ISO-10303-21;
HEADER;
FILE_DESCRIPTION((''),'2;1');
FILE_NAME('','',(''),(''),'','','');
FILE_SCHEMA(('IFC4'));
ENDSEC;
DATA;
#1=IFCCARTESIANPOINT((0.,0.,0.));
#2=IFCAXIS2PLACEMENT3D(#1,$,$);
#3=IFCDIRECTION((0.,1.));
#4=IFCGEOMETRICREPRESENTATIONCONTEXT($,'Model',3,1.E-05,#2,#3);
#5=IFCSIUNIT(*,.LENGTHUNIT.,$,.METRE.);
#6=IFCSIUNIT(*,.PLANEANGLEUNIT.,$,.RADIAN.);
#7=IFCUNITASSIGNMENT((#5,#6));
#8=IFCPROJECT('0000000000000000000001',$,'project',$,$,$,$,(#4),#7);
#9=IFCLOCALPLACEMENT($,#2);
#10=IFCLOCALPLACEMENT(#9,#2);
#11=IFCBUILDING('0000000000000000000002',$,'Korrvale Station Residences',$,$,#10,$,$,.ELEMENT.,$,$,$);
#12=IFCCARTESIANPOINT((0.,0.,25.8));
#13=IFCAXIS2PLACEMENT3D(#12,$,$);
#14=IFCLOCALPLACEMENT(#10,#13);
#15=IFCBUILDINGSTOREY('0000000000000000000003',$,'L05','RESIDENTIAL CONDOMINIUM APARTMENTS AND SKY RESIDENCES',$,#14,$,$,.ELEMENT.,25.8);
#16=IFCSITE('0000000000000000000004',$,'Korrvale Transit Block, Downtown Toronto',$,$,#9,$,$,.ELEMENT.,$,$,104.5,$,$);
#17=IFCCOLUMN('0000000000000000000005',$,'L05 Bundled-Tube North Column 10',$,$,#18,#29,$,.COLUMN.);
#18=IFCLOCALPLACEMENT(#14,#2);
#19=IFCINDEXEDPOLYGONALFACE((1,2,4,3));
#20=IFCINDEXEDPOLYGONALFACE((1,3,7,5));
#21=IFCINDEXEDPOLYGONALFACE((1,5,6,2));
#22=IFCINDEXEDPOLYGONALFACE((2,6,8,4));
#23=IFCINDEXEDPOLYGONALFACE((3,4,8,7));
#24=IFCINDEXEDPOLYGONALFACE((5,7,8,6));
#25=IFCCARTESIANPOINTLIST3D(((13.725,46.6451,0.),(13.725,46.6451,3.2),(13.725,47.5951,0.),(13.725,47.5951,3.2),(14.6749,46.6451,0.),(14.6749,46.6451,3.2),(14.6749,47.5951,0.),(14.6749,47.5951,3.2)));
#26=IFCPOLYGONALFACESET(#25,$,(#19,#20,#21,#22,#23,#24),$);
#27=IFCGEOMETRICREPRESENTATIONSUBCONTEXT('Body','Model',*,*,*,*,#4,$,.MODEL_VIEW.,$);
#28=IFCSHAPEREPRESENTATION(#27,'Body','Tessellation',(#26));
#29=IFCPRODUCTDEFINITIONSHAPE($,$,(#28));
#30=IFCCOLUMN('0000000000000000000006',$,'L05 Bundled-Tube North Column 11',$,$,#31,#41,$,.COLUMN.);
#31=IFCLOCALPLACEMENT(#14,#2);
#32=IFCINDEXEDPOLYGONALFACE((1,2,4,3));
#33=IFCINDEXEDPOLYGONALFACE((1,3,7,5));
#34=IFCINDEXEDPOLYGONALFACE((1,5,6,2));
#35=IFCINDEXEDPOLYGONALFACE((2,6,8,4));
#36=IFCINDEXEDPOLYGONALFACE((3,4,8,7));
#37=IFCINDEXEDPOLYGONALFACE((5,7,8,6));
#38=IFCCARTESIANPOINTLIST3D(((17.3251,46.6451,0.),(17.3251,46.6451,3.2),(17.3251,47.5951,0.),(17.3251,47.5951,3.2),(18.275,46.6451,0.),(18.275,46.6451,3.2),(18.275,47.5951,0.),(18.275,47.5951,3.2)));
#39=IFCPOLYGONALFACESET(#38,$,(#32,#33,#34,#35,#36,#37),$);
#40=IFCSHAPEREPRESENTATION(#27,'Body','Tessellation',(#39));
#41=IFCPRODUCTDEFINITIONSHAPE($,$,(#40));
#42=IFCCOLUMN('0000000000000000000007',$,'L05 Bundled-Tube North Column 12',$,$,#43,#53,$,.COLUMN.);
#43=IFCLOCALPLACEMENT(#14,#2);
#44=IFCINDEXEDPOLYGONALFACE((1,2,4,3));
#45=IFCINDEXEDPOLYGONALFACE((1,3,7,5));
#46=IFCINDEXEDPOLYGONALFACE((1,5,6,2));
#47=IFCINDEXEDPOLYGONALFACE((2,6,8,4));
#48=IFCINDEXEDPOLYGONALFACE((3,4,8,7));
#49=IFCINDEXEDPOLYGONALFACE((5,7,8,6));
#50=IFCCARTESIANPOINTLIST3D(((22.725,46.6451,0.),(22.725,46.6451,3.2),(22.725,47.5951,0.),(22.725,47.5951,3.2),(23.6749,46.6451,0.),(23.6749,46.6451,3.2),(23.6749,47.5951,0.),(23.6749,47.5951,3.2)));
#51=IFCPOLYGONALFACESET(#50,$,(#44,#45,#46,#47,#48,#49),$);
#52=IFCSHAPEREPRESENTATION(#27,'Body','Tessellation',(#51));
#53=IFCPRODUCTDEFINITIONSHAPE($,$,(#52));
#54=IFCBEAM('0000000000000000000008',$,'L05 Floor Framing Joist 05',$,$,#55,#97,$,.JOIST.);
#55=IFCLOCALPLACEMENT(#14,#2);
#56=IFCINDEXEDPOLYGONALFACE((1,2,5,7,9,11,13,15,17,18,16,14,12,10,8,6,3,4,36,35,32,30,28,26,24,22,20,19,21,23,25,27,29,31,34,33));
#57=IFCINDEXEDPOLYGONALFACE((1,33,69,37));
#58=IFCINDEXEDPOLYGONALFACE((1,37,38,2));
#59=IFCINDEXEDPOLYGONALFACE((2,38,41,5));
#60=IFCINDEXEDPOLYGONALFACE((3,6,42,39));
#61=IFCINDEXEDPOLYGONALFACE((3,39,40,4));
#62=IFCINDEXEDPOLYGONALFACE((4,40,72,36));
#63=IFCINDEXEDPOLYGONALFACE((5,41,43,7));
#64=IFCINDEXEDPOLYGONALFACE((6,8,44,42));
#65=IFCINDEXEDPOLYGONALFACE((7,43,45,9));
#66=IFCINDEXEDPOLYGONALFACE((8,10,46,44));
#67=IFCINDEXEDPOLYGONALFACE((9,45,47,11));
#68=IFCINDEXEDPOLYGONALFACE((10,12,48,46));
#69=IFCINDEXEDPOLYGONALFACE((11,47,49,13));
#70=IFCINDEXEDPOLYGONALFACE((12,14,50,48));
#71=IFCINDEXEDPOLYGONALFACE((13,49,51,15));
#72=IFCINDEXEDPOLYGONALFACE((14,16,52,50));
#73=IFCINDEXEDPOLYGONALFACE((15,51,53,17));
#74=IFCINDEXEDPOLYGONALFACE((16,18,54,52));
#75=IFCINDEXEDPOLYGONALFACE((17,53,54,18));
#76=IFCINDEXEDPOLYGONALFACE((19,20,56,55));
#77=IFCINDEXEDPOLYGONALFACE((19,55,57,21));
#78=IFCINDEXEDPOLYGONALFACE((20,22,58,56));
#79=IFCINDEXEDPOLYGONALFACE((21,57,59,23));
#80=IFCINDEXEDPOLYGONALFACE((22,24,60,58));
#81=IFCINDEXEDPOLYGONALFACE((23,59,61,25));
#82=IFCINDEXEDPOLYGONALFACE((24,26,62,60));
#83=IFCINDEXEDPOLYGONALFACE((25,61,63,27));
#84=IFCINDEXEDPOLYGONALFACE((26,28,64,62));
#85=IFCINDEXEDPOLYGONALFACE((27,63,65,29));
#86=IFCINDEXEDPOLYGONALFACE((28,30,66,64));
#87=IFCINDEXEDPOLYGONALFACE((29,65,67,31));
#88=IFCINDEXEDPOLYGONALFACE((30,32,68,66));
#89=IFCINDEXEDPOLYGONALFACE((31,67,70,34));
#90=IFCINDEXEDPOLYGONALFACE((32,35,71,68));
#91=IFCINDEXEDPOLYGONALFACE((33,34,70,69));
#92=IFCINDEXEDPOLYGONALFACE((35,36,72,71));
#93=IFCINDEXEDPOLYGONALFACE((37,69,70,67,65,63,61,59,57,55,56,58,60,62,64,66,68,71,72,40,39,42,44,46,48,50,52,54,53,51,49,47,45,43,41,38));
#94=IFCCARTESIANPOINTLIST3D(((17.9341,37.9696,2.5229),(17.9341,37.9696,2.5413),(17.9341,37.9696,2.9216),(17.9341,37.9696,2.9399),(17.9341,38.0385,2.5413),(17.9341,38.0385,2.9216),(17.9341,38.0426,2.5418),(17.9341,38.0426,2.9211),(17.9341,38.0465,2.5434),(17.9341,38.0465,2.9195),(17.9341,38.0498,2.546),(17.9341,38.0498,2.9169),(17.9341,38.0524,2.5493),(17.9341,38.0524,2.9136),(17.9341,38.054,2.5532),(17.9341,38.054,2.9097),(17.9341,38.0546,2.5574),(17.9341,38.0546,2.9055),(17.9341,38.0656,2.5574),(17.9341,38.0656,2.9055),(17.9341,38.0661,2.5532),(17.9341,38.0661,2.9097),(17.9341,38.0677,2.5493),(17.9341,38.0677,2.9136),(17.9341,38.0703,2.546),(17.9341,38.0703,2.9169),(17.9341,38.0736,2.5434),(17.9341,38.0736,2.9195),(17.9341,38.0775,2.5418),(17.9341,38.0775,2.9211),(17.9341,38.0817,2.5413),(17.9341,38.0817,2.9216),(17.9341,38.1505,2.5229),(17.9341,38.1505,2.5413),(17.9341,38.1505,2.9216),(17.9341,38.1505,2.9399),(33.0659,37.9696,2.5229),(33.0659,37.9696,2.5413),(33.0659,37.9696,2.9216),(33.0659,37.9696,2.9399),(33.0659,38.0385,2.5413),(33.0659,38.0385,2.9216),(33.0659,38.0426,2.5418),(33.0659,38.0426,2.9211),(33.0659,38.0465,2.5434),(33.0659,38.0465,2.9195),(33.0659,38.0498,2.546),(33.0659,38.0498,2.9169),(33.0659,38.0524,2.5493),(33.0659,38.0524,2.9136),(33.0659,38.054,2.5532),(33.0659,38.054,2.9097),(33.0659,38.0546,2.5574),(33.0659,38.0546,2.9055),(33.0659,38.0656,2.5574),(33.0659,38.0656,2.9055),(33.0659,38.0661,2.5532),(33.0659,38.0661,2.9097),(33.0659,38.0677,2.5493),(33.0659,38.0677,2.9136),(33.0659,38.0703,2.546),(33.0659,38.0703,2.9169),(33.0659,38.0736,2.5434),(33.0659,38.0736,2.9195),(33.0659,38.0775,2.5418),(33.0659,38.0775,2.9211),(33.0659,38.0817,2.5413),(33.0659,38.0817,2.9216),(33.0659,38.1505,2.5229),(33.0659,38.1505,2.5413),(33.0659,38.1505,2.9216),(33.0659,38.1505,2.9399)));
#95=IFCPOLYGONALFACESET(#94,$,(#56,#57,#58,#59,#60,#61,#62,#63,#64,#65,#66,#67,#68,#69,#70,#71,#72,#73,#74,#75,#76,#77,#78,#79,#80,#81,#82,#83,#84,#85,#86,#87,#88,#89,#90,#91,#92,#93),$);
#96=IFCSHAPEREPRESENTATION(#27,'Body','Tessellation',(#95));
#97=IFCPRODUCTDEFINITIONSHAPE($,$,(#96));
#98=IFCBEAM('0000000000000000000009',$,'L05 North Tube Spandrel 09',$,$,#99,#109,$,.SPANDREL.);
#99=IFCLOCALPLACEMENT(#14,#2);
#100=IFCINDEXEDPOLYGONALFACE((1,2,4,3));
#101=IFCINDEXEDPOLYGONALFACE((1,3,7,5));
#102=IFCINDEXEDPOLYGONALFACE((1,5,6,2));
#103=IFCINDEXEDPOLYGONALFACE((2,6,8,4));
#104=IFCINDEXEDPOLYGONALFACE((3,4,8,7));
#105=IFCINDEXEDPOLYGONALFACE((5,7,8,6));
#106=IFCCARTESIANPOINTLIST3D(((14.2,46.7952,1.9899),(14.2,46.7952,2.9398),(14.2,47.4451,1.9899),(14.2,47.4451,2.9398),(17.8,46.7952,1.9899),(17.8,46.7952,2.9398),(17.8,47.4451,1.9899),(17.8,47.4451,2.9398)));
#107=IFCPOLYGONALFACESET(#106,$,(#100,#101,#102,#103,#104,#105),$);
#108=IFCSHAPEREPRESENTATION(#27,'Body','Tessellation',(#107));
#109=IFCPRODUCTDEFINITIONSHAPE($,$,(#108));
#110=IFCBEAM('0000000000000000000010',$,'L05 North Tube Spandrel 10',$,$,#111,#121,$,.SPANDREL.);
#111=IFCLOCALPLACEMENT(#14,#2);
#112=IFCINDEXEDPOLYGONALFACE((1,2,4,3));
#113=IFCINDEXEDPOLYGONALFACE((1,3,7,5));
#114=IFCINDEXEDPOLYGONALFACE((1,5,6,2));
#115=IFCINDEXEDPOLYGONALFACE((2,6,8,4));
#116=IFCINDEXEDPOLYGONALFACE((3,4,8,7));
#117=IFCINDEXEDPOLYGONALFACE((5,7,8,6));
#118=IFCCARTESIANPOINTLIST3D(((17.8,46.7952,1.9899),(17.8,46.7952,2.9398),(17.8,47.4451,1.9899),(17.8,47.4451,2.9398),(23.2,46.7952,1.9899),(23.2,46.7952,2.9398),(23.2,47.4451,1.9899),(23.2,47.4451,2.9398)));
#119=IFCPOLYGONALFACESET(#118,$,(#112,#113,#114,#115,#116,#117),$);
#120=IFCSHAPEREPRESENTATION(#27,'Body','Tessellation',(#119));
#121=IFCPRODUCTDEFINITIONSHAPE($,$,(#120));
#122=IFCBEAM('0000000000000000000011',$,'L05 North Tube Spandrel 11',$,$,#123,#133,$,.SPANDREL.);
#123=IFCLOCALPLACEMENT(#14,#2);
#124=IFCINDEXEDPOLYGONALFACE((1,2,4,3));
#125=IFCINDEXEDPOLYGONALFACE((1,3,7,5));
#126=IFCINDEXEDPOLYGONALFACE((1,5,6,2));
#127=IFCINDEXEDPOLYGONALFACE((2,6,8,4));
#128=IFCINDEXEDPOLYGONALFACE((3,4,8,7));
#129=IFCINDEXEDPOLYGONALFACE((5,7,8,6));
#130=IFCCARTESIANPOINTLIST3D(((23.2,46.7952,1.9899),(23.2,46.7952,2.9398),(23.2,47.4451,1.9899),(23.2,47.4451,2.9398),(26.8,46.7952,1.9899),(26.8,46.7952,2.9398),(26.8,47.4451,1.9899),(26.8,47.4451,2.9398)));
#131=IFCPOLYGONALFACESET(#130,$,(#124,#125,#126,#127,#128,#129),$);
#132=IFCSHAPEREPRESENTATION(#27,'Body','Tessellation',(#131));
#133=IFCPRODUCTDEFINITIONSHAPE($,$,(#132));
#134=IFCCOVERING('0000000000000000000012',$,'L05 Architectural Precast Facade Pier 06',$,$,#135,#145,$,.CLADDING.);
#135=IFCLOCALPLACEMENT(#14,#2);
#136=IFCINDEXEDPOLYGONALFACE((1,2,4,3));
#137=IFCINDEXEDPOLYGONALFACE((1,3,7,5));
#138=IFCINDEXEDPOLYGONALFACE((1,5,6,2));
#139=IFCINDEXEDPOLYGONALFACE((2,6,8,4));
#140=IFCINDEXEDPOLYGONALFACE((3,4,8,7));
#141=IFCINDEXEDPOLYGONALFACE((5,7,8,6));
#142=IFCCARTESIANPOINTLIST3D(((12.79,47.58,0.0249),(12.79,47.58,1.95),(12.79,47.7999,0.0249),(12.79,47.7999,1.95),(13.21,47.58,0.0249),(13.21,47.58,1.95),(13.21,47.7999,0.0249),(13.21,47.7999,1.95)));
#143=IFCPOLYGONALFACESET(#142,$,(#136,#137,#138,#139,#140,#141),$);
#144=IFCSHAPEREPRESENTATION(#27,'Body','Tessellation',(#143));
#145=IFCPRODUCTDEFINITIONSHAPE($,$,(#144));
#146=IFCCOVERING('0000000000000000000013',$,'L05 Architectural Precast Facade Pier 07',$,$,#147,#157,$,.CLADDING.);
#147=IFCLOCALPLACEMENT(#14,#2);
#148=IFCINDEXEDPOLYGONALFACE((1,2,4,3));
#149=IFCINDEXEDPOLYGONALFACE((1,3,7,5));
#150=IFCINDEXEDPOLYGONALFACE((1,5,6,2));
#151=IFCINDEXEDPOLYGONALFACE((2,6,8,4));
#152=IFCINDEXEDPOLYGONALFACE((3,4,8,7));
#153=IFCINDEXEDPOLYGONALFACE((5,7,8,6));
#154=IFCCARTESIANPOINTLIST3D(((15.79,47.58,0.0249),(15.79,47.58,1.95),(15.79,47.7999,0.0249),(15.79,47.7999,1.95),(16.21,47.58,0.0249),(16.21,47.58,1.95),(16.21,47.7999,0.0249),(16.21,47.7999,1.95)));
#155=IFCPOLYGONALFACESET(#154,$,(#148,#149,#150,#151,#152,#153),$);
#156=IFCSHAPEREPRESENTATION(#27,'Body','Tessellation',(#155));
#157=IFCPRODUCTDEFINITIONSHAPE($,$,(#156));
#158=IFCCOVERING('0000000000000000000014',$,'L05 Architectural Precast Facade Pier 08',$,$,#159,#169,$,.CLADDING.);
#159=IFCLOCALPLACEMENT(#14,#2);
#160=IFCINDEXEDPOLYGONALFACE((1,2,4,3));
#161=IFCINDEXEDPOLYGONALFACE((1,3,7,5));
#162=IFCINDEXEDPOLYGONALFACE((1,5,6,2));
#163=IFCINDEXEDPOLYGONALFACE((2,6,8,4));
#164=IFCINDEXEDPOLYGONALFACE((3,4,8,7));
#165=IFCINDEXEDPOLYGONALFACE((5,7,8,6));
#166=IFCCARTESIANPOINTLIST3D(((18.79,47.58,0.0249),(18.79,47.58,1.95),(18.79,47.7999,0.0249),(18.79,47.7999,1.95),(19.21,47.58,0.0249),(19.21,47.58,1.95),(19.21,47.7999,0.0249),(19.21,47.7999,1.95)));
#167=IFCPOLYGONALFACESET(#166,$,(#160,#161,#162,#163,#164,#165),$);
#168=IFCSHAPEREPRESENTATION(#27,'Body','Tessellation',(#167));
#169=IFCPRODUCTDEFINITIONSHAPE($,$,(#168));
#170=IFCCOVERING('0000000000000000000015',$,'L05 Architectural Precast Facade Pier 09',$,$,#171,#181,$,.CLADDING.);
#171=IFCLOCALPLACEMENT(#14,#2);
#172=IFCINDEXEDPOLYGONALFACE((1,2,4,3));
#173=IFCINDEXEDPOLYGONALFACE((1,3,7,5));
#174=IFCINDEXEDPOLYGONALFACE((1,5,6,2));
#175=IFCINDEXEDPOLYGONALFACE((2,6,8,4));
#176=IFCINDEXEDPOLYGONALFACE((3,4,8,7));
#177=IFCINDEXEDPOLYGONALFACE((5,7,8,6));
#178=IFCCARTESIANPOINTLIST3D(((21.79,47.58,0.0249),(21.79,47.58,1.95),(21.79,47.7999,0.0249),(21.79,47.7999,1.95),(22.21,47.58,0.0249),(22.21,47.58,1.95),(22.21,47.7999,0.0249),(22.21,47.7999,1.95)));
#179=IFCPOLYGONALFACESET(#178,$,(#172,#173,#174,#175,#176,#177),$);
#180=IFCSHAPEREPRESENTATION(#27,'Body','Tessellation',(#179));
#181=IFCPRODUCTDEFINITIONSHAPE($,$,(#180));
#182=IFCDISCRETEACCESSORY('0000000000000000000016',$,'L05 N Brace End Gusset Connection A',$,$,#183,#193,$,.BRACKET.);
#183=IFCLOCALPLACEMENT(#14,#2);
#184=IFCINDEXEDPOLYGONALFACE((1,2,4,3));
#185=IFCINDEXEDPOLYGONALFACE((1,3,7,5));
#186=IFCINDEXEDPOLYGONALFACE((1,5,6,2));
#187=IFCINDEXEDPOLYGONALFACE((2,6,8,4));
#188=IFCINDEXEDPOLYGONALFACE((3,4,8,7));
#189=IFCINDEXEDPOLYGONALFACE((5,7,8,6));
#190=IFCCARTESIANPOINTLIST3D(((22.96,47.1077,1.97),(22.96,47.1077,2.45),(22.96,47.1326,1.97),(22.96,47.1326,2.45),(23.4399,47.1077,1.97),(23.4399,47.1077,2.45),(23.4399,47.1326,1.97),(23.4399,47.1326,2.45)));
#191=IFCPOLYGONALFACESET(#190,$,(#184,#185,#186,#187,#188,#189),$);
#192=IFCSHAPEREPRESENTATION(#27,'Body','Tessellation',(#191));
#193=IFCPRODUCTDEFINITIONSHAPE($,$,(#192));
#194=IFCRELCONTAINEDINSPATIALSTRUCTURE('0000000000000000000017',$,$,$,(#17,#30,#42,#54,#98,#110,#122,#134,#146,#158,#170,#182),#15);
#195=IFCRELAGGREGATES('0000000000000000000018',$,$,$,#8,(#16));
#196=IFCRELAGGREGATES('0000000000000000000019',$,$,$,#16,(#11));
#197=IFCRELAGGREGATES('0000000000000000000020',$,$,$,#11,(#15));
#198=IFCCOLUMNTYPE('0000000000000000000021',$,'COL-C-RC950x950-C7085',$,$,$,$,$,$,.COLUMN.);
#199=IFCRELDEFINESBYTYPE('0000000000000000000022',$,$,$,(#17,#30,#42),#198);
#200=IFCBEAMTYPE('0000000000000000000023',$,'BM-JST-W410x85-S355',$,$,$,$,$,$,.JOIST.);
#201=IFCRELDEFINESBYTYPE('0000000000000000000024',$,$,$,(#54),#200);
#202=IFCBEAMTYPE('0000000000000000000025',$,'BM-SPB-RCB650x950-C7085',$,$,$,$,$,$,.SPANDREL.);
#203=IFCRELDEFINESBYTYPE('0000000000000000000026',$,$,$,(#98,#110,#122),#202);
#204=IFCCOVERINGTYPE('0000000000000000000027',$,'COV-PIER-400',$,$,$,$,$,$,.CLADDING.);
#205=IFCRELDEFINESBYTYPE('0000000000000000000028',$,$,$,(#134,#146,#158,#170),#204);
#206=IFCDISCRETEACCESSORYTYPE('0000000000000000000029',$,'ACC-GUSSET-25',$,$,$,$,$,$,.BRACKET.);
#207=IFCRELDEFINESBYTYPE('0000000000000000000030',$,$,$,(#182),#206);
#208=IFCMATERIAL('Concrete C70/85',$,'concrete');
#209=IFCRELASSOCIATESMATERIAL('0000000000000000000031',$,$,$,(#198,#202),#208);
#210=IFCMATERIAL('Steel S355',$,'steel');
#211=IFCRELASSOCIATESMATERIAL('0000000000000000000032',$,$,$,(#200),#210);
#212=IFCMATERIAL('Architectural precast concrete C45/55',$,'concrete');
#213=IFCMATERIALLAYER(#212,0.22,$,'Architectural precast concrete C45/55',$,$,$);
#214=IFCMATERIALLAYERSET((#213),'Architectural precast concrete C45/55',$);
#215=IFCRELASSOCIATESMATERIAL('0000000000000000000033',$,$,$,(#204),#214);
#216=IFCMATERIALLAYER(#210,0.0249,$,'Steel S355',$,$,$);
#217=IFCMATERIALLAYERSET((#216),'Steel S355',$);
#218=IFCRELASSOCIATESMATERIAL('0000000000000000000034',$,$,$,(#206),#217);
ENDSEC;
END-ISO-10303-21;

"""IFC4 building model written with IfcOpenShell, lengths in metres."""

from ifc_helpers import new_model, si_unit, direction, frame, origin, origin_2d, place, context, subcontext, project, spatial, rectangle, i_section, extrude, material, layer, layer_set, material_profile, profile_set, type_object, element, save


model = new_model("IFC4")

# Units and contexts
model_context = context("Model", 3, precision=1e-05, world=origin(), true_north=direction((0.0, 1.0)))
body_context = subcontext(model_context, "Body", "Model", "MODEL_VIEW")
ifc_project = project(units=[si_unit("LENGTHUNIT", "METRE"), si_unit("PLANEANGLEUNIT", "RADIAN")], contexts=[model_context])

# Site, building, storey
site_placement = place(None, origin())
site = spatial("IfcSite", under=ifc_project, at=site_placement, Name="Korrvale Transit Block, Downtown Toronto", CompositionType="ELEMENT", RefElevation=104.5)
building_placement = place(site_placement, origin())
building = spatial("IfcBuilding", under=site, at=building_placement, Name="Korrvale Station Residences", CompositionType="ELEMENT")
storey_placement = place(building_placement, frame((0.0, 0.0, 25.8)))
storey = spatial("IfcBuildingStorey", under=building, at=storey_placement, Name="L05", Description="RESIDENTIAL CONDOMINIUM APARTMENTS AND SKY RESIDENCES", CompositionType="ELEMENT", Elevation=25.8)

# Columns
ifc_material_1 = material(Name="Concrete C70/85", Category="concrete")
ifc_material_profile_1 = material_profile(ifc_material_1, rectangle(XDim=0.95, YDim=0.95, at=origin_2d()), Name="RC950x950")
ifc_profile_set_1 = profile_set([ifc_material_profile_1], Name="Concrete C70/85")
column_type = type_object("IfcColumnType", Name="COL-C-RC950x950-C7085", PredefinedType="COLUMN", material=ifc_profile_set_1)
for number, where, z_axis, x_axis, name in (
    (1, (14.2, 47.1201, 0.0), (0.0, 0.0, 1.0), (1.0, 0.0, 0.0), "L05 Bundled-Tube North Column 10"),
    (2, (17.8, 47.1201, 0.0), (0.0, 0.0, 1.0), (1.0, 0.0, 0.0), "L05 Bundled-Tube North Column 11"),
    (3, (23.2, 47.1201, 0.0), (0.0, 0.0, 1.0), (1.0, 0.0, 0.0), "L05 Bundled-Tube North Column 12"),
):
    element("IfcColumn", number, at=place(storey_placement, frame(where, z_axis=z_axis, x_axis=x_axis)), inside=storey, type_object=column_type, Name=name, PredefinedType="COLUMN", context=body_context, shape_type="SweptSolid", body=[
        extrude(rectangle(XDim=0.95, YDim=0.95, at=origin_2d()), origin(), (0.0, 0.0, 1.0), 3.2),
    ])

# Beams
ifc_material_2 = material(Name="Steel S355", Category="steel")
ifc_material_profile_2 = material_profile(ifc_material_2, i_section(OverallWidth=0.1809, OverallDepth=0.417, WebThickness=0.011, FlangeThickness=0.0183, FilletRadius=0.0161, at=origin_2d()), Name="W410x85")
ifc_profile_set_2 = profile_set([ifc_material_profile_2], Name="Steel S355")
beam_type_1 = type_object("IfcBeamType", Name="BM-JST-W410x85-S355", PredefinedType="JOIST", material=ifc_profile_set_2)
beam_1_placement = place(storey_placement, frame((17.9341, 38.0601, 2.7314), z_axis=(1.0, 0.0, 0.0), x_axis=(0.0, 1.0, 0.0)))
element("IfcBeam", 4, at=beam_1_placement, inside=storey, type_object=beam_type_1, Name="L05 Floor Framing Joist 05", PredefinedType="JOIST", context=body_context, shape_type="SweptSolid", body=[
    extrude(i_section(OverallWidth=0.1809, OverallDepth=0.417, WebThickness=0.011, FlangeThickness=0.0183, FilletRadius=0.0161, at=origin_2d()), origin(), (0.0, 0.0, 1.0), 15.1318),
])
ifc_material_profile_3 = material_profile(ifc_material_1, rectangle(XDim=0.6499, YDim=0.95, at=origin_2d()), Name="RCB650x950")
ifc_profile_set_3 = profile_set([ifc_material_profile_3], Name="Concrete C70/85")
beam_type_2 = type_object("IfcBeamType", Name="BM-SPB-RCB650x950-C7085", PredefinedType="SPANDREL", material=ifc_profile_set_3)
beam_2_placement = place(storey_placement, frame((14.2, 47.1201, 2.4648), z_axis=(1.0, 0.0, 0.0), x_axis=(0.0, 1.0, 0.0)))
element("IfcBeam", 5, at=beam_2_placement, inside=storey, type_object=beam_type_2, Name="L05 North Tube Spandrel 09", PredefinedType="SPANDREL", context=body_context, shape_type="SweptSolid", body=[
    extrude(rectangle(XDim=0.6499, YDim=0.95, at=origin_2d()), origin(), (0.0, 0.0, 1.0), 3.6001),
])
beam_3_placement = place(storey_placement, frame((17.8, 47.1201, 2.4648), z_axis=(1.0, 0.0, 0.0), x_axis=(0.0, 1.0, 0.0)))
element("IfcBeam", 6, at=beam_3_placement, inside=storey, type_object=beam_type_2, Name="L05 North Tube Spandrel 10", PredefinedType="SPANDREL", context=body_context, shape_type="SweptSolid", body=[
    extrude(rectangle(XDim=0.6499, YDim=0.95, at=origin_2d()), origin(), (0.0, 0.0, 1.0), 5.3999),
])
beam_4_placement = place(storey_placement, frame((23.2, 47.1201, 2.4648), z_axis=(1.0, 0.0, 0.0), x_axis=(0.0, 1.0, 0.0)))
element("IfcBeam", 7, at=beam_4_placement, inside=storey, type_object=beam_type_2, Name="L05 North Tube Spandrel 11", PredefinedType="SPANDREL", context=body_context, shape_type="SweptSolid", body=[
    extrude(rectangle(XDim=0.6499, YDim=0.95, at=origin_2d()), origin(), (0.0, 0.0, 1.0), 3.6001),
])

# Coverings
ifc_material_3 = material(Name="Architectural precast concrete C45/55", Category="concrete")
ifc_layer_1 = layer(ifc_material_3, 0.22, Name="Architectural precast concrete C45/55")
ifc_layer_set_1 = layer_set([ifc_layer_1], Name="Architectural precast concrete C45/55")
covering_type = type_object("IfcCoveringType", Name="COV-PIER-400", PredefinedType="CLADDING", material=ifc_layer_set_1)
for number, where, z_axis, x_axis, name in (
    (8, (13.0, 47.6899, 0.0249), (0.0, 0.0, 1.0), (1.0, 0.0, 0.0), "L05 Architectural Precast Facade Pier 06"),
    (9, (16.0, 47.6899, 0.0249), (0.0, 0.0, 1.0), (1.0, 0.0, 0.0), "L05 Architectural Precast Facade Pier 07"),
    (10, (19.0, 47.6899, 0.0249), (0.0, 0.0, 1.0), (1.0, 0.0, 0.0), "L05 Architectural Precast Facade Pier 08"),
    (11, (22.0, 47.6899, 0.0249), (0.0, 0.0, 1.0), (1.0, 0.0, 0.0), "L05 Architectural Precast Facade Pier 09"),
):
    element("IfcCovering", number, at=place(storey_placement, frame(where, z_axis=z_axis, x_axis=x_axis)), inside=storey, type_object=covering_type, Name=name, PredefinedType="CLADDING", context=body_context, shape_type="SweptSolid", body=[
        extrude(rectangle(XDim=0.4199, YDim=0.22, at=origin_2d()), origin(), (0.0, 0.0, 1.0), 1.925),
    ])

# Discrete accessory
ifc_layer_2 = layer(ifc_material_2, 0.0249, Name="Steel S355")
ifc_layer_set_2 = layer_set([ifc_layer_2], Name="Steel S355")
discrete_accessory_type = type_object("IfcDiscreteAccessoryType", Name="ACC-GUSSET-25", PredefinedType="BRACKET", material=ifc_layer_set_2)
discrete_accessory_placement = place(storey_placement, frame((23.2, 47.1201, 1.97), z_axis=(0.0, 0.0, 1.0), x_axis=(1.0, 0.0, 0.0)))
element("IfcDiscreteAccessory", 12, at=discrete_accessory_placement, inside=storey, type_object=discrete_accessory_type, Name="L05 N Brace End Gusset Connection A", PredefinedType="BRACKET", context=body_context, shape_type="SweptSolid", body=[
    extrude(rectangle(XDim=0.48, YDim=0.0249, at=origin_2d()), origin(), (0.0, 0.0, 1.0), 0.48),
])

save(model, "model.ifc")
